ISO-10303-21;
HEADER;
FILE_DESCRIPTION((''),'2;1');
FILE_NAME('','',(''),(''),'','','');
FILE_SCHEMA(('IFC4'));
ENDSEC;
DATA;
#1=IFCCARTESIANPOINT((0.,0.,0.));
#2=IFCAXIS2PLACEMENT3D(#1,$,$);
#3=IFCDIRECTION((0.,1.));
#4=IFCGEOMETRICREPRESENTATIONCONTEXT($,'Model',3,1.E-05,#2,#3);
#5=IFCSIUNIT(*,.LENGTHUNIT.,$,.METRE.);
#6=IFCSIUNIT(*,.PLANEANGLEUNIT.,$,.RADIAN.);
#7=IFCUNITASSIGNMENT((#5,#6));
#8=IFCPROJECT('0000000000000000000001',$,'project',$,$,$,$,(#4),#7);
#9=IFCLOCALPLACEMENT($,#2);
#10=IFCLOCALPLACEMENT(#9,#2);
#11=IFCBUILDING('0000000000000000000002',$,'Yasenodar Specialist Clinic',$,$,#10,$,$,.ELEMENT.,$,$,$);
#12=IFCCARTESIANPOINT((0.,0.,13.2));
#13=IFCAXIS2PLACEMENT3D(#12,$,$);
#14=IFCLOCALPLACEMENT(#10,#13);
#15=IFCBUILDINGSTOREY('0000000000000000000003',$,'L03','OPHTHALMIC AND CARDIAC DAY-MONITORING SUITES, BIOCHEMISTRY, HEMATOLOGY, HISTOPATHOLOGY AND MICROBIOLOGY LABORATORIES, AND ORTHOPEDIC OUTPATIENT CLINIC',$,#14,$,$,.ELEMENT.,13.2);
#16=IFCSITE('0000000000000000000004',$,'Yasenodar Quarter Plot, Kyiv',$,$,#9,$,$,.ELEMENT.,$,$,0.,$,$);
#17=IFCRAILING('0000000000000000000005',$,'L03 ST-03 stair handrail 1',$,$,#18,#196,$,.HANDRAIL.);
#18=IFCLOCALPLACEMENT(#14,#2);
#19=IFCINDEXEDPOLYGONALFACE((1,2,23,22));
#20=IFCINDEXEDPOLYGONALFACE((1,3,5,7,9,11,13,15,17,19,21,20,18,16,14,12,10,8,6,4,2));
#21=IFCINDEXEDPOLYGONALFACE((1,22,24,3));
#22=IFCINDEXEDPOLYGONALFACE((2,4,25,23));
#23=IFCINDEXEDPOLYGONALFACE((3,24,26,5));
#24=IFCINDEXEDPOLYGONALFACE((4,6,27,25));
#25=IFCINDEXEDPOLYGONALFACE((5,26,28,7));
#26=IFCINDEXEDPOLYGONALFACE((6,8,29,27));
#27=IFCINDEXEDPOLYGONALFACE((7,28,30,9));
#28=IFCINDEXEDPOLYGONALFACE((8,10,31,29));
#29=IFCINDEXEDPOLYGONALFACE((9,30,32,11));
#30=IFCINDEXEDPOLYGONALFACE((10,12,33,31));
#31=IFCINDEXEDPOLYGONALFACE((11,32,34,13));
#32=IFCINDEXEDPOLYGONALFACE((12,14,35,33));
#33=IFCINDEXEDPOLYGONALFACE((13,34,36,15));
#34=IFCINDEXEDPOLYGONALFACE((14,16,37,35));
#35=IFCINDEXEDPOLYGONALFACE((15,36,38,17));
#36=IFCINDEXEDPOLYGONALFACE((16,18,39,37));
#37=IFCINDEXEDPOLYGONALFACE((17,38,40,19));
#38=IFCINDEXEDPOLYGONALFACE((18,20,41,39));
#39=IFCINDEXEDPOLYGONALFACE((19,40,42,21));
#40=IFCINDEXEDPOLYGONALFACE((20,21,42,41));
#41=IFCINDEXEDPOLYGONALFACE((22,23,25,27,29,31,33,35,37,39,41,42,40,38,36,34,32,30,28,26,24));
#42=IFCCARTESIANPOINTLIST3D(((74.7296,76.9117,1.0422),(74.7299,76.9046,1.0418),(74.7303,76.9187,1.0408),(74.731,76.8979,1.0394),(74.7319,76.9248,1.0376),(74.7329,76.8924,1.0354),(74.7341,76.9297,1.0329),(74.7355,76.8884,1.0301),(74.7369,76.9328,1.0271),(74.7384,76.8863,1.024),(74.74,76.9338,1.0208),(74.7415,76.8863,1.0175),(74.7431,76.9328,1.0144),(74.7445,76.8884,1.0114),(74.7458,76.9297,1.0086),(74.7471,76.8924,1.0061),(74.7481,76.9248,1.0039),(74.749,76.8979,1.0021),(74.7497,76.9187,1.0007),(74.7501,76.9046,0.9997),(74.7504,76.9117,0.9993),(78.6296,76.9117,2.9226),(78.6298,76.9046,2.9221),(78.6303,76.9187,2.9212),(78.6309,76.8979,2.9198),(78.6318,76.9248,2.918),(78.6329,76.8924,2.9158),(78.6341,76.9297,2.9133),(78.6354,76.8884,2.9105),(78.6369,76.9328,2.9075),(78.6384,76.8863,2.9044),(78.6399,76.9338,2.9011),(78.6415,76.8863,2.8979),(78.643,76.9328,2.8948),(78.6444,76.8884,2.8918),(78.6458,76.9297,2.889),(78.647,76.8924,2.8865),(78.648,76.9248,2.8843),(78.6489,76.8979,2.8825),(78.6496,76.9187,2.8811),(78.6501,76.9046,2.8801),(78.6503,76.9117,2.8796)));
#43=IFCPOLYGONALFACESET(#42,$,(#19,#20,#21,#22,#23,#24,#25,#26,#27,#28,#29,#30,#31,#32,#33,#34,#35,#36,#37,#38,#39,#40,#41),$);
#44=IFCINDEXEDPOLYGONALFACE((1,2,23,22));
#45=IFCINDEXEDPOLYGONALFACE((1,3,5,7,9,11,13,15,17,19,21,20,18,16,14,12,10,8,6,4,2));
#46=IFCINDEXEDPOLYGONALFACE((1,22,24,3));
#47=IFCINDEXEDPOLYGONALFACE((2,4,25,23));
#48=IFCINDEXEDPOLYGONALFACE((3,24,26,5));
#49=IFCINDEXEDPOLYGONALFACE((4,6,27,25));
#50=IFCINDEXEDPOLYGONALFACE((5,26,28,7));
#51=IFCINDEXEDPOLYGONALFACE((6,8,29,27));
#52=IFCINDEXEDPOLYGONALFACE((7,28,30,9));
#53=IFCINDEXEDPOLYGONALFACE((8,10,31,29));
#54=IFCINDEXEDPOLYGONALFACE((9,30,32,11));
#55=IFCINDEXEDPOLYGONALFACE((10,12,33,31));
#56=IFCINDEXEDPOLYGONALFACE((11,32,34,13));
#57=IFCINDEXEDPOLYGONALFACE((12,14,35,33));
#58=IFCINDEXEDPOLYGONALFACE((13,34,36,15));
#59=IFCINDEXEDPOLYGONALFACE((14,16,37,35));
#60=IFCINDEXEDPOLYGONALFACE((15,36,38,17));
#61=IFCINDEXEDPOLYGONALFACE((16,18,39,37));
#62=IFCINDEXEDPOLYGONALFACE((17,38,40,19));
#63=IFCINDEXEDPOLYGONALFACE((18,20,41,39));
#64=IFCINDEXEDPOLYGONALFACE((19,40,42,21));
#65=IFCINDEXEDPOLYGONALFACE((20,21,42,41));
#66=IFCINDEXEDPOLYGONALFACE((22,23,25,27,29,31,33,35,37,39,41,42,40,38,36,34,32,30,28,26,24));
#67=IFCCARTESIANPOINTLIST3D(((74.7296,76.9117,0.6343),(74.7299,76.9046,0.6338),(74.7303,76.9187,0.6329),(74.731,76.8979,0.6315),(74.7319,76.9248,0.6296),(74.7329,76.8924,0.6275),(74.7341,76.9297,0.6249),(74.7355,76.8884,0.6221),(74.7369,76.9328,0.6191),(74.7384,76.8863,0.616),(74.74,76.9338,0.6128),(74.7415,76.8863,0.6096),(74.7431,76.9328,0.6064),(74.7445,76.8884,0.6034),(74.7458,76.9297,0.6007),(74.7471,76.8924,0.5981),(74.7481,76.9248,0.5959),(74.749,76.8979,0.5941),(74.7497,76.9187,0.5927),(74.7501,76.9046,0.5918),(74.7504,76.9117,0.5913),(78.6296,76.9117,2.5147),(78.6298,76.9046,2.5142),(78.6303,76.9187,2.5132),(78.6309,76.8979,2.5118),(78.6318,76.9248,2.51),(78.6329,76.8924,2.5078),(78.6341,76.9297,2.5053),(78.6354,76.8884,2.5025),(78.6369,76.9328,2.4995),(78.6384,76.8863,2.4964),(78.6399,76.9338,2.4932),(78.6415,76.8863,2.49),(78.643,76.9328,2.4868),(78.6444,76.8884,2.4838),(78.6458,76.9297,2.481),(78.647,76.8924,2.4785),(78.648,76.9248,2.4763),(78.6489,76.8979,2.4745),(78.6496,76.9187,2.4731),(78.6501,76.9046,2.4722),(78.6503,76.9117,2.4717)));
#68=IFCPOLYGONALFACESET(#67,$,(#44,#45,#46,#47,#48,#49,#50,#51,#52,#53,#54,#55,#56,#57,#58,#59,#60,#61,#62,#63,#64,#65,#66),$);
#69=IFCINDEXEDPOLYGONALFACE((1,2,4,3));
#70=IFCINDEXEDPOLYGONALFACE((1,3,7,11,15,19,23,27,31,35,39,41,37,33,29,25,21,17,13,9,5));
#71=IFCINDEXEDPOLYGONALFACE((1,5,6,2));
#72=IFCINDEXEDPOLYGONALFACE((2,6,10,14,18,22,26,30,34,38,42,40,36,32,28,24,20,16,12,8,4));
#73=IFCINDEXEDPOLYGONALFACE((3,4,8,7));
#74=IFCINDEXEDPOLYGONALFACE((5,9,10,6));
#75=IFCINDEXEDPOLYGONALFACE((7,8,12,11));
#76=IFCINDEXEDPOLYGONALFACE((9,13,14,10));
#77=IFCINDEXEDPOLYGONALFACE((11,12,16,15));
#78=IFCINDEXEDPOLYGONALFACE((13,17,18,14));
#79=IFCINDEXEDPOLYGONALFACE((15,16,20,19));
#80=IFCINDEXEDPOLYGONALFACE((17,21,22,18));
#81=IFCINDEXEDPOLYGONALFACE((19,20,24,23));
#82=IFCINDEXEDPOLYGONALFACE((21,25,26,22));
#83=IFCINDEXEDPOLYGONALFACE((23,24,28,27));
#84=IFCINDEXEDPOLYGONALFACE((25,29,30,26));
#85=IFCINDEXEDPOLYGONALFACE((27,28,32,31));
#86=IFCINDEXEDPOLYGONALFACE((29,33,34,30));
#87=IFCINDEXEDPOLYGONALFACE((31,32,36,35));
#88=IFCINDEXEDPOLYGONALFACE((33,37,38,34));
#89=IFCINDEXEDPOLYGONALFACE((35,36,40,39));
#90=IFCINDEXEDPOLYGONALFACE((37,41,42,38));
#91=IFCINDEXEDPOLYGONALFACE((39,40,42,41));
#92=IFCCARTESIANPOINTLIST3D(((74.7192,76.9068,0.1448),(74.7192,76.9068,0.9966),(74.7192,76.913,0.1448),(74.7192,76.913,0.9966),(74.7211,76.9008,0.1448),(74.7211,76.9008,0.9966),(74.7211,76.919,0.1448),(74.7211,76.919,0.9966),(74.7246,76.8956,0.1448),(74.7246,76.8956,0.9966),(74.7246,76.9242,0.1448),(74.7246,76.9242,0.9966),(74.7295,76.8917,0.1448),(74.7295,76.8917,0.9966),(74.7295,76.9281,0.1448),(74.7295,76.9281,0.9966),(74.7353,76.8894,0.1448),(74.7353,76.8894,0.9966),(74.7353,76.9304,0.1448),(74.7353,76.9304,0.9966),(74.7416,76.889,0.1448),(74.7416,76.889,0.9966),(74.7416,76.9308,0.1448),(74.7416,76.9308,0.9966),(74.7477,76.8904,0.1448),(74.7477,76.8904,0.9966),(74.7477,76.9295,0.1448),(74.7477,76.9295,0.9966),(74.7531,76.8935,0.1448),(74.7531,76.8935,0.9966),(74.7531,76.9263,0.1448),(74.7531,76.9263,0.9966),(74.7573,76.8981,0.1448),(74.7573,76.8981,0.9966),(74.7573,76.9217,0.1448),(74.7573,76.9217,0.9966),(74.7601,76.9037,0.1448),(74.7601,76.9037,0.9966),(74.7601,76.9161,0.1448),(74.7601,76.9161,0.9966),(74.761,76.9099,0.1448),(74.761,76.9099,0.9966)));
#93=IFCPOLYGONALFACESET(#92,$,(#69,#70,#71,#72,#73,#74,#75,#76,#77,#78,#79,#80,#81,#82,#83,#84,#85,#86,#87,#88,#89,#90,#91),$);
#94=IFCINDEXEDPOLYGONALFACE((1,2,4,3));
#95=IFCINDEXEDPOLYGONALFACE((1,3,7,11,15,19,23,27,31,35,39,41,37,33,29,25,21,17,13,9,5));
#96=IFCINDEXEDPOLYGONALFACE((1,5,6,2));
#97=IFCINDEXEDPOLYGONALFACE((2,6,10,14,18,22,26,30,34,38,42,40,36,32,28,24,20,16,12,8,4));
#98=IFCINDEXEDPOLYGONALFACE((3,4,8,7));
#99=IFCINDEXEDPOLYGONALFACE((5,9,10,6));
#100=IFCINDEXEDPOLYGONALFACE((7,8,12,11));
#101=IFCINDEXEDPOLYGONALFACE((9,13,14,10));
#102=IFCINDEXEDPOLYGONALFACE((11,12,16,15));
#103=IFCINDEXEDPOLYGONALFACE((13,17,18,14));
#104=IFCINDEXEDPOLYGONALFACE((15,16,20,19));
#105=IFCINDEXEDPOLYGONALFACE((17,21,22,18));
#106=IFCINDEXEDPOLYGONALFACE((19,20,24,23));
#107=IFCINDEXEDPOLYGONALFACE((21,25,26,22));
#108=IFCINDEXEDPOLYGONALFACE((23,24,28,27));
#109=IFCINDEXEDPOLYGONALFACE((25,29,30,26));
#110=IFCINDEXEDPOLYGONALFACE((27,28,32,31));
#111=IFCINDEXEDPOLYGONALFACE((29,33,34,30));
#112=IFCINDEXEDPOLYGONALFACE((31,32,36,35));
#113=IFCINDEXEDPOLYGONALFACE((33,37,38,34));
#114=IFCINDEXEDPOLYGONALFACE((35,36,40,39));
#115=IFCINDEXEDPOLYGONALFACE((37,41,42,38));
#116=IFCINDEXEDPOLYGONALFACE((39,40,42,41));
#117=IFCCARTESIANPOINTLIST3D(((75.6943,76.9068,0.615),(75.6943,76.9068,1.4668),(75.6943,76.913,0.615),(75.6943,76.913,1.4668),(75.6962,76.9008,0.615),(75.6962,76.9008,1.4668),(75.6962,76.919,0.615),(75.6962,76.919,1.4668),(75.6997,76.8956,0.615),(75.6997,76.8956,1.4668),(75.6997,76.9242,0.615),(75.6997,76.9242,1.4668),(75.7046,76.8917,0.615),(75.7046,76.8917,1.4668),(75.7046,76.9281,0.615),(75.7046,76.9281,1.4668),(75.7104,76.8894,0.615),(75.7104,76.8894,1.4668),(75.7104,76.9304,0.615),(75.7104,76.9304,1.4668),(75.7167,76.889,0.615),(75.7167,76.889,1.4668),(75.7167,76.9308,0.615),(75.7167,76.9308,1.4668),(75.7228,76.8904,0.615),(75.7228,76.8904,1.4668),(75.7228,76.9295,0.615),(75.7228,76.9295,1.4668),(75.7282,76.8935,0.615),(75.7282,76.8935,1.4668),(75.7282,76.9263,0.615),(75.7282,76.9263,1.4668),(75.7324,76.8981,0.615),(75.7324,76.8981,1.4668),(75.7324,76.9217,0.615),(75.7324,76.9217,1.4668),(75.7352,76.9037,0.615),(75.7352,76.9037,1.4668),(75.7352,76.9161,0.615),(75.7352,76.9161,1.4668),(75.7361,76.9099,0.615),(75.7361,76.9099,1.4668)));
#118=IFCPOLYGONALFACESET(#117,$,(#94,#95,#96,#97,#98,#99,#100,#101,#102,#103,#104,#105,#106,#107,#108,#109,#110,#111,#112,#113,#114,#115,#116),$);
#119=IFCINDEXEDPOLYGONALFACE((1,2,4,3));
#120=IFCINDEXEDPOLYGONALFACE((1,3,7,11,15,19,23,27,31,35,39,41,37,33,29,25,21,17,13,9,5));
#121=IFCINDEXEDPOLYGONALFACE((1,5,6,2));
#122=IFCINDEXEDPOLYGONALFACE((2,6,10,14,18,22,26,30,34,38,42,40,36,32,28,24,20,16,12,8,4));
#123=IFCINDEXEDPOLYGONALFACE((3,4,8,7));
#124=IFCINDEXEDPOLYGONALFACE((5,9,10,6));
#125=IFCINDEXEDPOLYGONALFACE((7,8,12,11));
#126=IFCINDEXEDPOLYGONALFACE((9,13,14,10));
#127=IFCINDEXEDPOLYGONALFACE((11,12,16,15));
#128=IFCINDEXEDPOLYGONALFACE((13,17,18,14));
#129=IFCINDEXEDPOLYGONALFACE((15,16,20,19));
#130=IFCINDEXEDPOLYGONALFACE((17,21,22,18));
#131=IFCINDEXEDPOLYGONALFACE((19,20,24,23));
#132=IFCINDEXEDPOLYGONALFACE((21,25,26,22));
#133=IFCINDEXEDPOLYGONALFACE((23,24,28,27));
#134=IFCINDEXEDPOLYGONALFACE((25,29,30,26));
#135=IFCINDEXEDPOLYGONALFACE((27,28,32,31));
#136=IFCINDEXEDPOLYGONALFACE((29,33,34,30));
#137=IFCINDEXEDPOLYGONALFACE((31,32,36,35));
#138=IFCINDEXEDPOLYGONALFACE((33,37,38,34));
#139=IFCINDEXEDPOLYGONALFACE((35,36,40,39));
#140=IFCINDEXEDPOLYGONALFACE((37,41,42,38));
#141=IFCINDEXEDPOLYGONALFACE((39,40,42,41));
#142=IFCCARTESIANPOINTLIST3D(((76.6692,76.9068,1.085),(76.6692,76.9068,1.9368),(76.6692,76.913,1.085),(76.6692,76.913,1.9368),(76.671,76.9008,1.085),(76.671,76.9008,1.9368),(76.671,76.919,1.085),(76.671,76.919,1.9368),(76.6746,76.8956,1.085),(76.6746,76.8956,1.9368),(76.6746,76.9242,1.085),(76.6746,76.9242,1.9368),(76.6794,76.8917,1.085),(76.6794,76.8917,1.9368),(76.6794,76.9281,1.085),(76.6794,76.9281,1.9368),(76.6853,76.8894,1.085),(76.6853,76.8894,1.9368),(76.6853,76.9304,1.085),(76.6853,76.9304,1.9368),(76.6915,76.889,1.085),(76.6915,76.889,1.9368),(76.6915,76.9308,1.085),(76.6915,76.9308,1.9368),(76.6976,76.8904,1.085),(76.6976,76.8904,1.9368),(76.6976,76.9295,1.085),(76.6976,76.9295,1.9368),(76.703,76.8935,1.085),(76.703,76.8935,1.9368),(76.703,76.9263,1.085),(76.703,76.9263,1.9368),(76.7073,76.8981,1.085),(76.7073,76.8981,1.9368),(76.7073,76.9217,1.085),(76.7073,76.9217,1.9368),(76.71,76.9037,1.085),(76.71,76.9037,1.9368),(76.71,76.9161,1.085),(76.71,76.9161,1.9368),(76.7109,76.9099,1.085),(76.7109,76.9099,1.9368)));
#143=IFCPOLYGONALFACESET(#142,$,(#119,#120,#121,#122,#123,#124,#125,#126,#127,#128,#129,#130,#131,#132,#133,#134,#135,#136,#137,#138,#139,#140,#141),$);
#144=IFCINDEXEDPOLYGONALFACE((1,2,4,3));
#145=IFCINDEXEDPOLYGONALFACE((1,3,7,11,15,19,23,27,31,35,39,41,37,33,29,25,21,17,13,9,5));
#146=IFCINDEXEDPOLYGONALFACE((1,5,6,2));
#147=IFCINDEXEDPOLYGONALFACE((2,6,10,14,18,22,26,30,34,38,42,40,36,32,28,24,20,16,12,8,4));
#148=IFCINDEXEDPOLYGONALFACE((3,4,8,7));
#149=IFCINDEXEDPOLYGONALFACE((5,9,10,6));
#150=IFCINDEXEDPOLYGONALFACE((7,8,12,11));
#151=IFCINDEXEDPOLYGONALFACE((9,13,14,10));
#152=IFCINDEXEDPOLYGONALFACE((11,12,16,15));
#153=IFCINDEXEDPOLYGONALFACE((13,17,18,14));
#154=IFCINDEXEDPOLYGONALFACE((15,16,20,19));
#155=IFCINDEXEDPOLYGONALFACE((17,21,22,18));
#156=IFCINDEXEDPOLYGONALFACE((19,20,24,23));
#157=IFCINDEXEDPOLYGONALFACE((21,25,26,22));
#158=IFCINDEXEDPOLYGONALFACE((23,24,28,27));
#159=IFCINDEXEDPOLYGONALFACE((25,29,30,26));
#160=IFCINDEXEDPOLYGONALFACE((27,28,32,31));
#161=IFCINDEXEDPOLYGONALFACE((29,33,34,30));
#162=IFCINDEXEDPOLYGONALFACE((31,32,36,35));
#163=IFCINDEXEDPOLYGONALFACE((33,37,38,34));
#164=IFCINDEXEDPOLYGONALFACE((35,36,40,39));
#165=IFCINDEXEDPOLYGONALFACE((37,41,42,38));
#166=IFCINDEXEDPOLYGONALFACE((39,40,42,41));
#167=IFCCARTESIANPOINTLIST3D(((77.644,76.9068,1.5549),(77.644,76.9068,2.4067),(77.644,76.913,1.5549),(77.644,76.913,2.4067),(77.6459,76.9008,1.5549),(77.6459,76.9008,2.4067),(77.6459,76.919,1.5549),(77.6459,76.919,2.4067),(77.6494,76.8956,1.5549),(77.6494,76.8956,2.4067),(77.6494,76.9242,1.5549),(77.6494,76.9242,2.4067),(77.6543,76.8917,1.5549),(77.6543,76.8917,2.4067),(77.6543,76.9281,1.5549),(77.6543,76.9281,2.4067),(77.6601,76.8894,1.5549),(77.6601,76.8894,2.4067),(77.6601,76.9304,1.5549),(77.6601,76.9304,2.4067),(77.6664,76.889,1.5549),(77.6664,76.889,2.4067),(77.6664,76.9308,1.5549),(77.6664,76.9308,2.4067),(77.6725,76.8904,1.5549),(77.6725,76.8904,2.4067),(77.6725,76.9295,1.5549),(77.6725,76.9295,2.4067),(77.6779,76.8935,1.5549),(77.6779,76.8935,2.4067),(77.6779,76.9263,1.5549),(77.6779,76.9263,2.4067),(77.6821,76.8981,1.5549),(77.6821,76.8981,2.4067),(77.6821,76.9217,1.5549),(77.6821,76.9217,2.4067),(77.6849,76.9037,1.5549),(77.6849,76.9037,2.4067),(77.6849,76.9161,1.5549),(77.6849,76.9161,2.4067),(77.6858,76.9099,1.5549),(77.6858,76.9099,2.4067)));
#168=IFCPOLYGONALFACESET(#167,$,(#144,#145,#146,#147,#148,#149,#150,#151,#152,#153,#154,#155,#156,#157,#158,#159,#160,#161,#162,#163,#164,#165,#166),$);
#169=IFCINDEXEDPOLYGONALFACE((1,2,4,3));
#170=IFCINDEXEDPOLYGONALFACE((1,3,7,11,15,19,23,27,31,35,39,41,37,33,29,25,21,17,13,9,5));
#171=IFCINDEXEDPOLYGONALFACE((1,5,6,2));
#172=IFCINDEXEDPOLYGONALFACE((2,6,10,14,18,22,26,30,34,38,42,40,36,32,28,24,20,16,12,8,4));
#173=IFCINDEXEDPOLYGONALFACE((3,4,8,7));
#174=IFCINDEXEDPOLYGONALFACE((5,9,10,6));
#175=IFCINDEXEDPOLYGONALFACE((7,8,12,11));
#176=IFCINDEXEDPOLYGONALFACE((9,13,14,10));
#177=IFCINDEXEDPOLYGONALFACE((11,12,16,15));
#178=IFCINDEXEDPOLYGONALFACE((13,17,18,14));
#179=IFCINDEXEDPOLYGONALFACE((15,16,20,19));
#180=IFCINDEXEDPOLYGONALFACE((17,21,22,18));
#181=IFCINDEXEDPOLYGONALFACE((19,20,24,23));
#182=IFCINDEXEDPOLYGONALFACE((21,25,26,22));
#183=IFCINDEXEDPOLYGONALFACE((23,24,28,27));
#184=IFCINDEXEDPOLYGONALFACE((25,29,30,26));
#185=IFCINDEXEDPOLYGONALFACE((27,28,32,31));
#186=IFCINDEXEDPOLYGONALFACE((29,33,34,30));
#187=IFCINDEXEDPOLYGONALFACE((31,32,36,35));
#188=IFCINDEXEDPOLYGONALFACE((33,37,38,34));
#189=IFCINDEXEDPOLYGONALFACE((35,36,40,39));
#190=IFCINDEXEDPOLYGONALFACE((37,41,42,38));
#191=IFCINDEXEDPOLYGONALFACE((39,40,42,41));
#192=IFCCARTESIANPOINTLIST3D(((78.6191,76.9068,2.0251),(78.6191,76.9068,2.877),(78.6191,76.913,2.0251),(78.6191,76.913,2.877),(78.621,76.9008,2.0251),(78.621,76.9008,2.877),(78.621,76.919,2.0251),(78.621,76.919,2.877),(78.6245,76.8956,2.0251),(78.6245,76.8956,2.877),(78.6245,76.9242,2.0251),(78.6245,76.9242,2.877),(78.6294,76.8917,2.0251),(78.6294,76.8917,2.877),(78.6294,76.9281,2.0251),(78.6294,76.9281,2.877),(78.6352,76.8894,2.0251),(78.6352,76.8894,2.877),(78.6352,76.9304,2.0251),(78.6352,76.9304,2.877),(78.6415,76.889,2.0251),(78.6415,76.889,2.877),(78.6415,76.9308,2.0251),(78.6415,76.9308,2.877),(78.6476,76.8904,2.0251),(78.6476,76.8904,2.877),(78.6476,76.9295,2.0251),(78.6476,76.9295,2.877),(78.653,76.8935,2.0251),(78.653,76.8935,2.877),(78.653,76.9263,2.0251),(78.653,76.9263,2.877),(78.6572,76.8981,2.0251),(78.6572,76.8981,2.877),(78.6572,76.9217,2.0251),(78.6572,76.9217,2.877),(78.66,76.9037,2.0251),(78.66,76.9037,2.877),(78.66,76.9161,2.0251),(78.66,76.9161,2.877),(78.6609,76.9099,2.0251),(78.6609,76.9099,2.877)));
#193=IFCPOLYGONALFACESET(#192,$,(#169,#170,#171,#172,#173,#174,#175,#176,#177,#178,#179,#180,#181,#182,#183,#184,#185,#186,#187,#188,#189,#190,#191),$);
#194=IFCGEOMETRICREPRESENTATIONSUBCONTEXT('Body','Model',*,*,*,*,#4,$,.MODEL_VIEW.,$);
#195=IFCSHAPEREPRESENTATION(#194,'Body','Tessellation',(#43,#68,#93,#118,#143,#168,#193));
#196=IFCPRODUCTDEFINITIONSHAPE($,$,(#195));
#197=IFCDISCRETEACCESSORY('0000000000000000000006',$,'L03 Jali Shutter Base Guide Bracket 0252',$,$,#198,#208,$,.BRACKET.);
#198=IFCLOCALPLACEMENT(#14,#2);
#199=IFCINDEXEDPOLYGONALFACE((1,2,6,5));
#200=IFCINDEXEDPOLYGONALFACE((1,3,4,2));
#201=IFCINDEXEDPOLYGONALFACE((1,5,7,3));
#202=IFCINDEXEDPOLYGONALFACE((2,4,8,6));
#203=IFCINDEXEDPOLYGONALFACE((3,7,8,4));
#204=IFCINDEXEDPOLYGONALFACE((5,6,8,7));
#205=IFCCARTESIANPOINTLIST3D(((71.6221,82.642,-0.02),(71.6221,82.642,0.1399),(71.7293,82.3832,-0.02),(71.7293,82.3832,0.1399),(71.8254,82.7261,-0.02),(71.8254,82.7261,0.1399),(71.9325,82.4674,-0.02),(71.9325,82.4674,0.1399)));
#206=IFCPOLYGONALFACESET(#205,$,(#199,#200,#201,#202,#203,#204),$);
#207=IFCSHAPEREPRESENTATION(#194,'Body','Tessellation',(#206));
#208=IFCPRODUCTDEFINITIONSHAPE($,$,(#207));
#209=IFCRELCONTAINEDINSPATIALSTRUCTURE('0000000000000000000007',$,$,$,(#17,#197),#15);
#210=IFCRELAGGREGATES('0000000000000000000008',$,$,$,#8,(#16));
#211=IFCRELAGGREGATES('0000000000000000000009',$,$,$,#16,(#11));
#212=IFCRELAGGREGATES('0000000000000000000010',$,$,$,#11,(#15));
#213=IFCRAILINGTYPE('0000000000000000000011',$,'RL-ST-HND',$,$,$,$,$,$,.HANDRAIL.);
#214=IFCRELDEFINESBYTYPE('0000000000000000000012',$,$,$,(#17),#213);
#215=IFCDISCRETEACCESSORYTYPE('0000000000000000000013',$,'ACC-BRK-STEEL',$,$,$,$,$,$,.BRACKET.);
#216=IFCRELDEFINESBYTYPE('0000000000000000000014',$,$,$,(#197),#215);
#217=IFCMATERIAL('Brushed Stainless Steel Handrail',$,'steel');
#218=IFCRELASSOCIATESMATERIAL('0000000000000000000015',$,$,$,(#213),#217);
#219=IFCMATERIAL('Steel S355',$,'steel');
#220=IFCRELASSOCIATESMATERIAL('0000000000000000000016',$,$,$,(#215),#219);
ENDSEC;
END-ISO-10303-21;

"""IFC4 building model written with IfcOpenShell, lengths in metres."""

from ifc_helpers import new_model, si_unit, direction, frame, origin, origin_2d, place, context, subcontext, project, spatial, rectangle, circle, extrude, material, type_object, element, save


model = new_model("IFC4")

# Units and contexts
model_context = context("Model", 3, precision=1e-05, world=origin(), true_north=direction((0.0, 1.0)))
body_context = subcontext(model_context, "Body", "Model", "MODEL_VIEW")
ifc_project = project(units=[si_unit("LENGTHUNIT", "METRE"), si_unit("PLANEANGLEUNIT", "RADIAN")], contexts=[model_context])

# Site, building, storey
site_placement = place(None, origin())
site = spatial("IfcSite", under=ifc_project, at=site_placement, Name="Yasenodar Quarter Plot, Kyiv", CompositionType="ELEMENT", RefElevation=0.0)
building_placement = place(site_placement, origin())
building = spatial("IfcBuilding", under=site, at=building_placement, Name="Yasenodar Specialist Clinic", CompositionType="ELEMENT")
storey_placement = place(building_placement, frame((0.0, 0.0, 13.2)))
storey = spatial("IfcBuildingStorey", under=building, at=storey_placement, Name="L03", Description="OPHTHALMIC AND CARDIAC DAY-MONITORING SUITES, BIOCHEMISTRY, HEMATOLOGY, HISTOPATHOLOGY AND MICROBIOLOGY LABORATORIES, AND ORTHOPEDIC OUTPATIENT CLINIC", CompositionType="ELEMENT", Elevation=13.2)

# Shared definitions
ifc_material_1 = material(Name="Steel S355", Category="steel")

# Railing
ifc_material_2 = material(Name="Brushed Stainless Steel Handrail", Category="steel")
railing_type_1 = type_object("IfcRailingType", Name="RL-ST-HND", PredefinedType="HANDRAIL", material=ifc_material_2)
railing_1_placement = place(storey_placement, frame((74.74, 76.9099, 0.1448)))
element("IfcRailing", 1, at=railing_1_placement, inside=storey, type_object=railing_type_1, Name="L03 ST-03 stair handrail 1", PredefinedType="HANDRAIL", context=body_context, shape_type="SweptSolid", body=[
    extrude(circle(Radius=0.0239, at=origin_2d()), frame((0.0, 0.0, 0.876), z_axis=(0.900763, 0.0, 0.434311), x_axis=(0.0, 1.0, 0.0)), (0.0, 0.0, 1.0), 4.3296),
    extrude(circle(Radius=0.0239, at=origin_2d()), frame((0.0, 0.0, 0.468), z_axis=(0.900763, 0.0, 0.434311), x_axis=(0.0, 1.0, 0.0)), (0.0, 0.0, 1.0), 4.3296),
    extrude(circle(Radius=0.021, at=origin_2d()), origin(), (0.0, 0.0, 1.0), 0.8518),
    extrude(circle(Radius=0.021, at=origin_2d()), frame((0.9751, 0.0, 0.4702)), (0.0, 0.0, 1.0), 0.8518),
    extrude(circle(Radius=0.021, at=origin_2d()), frame((1.95, 0.0, 0.9402)), (0.0, 0.0, 1.0), 0.8518),
    extrude(circle(Radius=0.021, at=origin_2d()), frame((2.9248, 0.0, 1.4102)), (0.0, 0.0, 1.0), 0.8518),
    extrude(circle(Radius=0.021, at=origin_2d()), frame((3.8999, 0.0, 1.8804)), (0.0, 0.0, 1.0), 0.8518),
])

# Discrete accessory
discrete_accessory_type = type_object("IfcDiscreteAccessoryType", Name="ACC-BRK-STEEL", PredefinedType="BRACKET", material=ifc_material_1)
for number, where, z_axis, x_axis, name in (
    (2, (71.7773, 82.5547, -0.02), (0.0, 0.0, 1.0), (-0.923878, -0.382687, 0.0), "L03 Jali Shutter Base Guide Bracket 0252"),
):
    element("IfcDiscreteAccessory", number, at=place(storey_placement, frame(where, z_axis=z_axis, x_axis=x_axis)), inside=storey, type_object=discrete_accessory_type, Name=name, PredefinedType="BRACKET", context=body_context, shape_type="SweptSolid", body=[
        extrude(rectangle(XDim=0.22, YDim=0.28, at=origin_2d()), origin(), (0.0, 0.0, 1.0), 0.1599),
    ])

save(model, "model.ifc")
